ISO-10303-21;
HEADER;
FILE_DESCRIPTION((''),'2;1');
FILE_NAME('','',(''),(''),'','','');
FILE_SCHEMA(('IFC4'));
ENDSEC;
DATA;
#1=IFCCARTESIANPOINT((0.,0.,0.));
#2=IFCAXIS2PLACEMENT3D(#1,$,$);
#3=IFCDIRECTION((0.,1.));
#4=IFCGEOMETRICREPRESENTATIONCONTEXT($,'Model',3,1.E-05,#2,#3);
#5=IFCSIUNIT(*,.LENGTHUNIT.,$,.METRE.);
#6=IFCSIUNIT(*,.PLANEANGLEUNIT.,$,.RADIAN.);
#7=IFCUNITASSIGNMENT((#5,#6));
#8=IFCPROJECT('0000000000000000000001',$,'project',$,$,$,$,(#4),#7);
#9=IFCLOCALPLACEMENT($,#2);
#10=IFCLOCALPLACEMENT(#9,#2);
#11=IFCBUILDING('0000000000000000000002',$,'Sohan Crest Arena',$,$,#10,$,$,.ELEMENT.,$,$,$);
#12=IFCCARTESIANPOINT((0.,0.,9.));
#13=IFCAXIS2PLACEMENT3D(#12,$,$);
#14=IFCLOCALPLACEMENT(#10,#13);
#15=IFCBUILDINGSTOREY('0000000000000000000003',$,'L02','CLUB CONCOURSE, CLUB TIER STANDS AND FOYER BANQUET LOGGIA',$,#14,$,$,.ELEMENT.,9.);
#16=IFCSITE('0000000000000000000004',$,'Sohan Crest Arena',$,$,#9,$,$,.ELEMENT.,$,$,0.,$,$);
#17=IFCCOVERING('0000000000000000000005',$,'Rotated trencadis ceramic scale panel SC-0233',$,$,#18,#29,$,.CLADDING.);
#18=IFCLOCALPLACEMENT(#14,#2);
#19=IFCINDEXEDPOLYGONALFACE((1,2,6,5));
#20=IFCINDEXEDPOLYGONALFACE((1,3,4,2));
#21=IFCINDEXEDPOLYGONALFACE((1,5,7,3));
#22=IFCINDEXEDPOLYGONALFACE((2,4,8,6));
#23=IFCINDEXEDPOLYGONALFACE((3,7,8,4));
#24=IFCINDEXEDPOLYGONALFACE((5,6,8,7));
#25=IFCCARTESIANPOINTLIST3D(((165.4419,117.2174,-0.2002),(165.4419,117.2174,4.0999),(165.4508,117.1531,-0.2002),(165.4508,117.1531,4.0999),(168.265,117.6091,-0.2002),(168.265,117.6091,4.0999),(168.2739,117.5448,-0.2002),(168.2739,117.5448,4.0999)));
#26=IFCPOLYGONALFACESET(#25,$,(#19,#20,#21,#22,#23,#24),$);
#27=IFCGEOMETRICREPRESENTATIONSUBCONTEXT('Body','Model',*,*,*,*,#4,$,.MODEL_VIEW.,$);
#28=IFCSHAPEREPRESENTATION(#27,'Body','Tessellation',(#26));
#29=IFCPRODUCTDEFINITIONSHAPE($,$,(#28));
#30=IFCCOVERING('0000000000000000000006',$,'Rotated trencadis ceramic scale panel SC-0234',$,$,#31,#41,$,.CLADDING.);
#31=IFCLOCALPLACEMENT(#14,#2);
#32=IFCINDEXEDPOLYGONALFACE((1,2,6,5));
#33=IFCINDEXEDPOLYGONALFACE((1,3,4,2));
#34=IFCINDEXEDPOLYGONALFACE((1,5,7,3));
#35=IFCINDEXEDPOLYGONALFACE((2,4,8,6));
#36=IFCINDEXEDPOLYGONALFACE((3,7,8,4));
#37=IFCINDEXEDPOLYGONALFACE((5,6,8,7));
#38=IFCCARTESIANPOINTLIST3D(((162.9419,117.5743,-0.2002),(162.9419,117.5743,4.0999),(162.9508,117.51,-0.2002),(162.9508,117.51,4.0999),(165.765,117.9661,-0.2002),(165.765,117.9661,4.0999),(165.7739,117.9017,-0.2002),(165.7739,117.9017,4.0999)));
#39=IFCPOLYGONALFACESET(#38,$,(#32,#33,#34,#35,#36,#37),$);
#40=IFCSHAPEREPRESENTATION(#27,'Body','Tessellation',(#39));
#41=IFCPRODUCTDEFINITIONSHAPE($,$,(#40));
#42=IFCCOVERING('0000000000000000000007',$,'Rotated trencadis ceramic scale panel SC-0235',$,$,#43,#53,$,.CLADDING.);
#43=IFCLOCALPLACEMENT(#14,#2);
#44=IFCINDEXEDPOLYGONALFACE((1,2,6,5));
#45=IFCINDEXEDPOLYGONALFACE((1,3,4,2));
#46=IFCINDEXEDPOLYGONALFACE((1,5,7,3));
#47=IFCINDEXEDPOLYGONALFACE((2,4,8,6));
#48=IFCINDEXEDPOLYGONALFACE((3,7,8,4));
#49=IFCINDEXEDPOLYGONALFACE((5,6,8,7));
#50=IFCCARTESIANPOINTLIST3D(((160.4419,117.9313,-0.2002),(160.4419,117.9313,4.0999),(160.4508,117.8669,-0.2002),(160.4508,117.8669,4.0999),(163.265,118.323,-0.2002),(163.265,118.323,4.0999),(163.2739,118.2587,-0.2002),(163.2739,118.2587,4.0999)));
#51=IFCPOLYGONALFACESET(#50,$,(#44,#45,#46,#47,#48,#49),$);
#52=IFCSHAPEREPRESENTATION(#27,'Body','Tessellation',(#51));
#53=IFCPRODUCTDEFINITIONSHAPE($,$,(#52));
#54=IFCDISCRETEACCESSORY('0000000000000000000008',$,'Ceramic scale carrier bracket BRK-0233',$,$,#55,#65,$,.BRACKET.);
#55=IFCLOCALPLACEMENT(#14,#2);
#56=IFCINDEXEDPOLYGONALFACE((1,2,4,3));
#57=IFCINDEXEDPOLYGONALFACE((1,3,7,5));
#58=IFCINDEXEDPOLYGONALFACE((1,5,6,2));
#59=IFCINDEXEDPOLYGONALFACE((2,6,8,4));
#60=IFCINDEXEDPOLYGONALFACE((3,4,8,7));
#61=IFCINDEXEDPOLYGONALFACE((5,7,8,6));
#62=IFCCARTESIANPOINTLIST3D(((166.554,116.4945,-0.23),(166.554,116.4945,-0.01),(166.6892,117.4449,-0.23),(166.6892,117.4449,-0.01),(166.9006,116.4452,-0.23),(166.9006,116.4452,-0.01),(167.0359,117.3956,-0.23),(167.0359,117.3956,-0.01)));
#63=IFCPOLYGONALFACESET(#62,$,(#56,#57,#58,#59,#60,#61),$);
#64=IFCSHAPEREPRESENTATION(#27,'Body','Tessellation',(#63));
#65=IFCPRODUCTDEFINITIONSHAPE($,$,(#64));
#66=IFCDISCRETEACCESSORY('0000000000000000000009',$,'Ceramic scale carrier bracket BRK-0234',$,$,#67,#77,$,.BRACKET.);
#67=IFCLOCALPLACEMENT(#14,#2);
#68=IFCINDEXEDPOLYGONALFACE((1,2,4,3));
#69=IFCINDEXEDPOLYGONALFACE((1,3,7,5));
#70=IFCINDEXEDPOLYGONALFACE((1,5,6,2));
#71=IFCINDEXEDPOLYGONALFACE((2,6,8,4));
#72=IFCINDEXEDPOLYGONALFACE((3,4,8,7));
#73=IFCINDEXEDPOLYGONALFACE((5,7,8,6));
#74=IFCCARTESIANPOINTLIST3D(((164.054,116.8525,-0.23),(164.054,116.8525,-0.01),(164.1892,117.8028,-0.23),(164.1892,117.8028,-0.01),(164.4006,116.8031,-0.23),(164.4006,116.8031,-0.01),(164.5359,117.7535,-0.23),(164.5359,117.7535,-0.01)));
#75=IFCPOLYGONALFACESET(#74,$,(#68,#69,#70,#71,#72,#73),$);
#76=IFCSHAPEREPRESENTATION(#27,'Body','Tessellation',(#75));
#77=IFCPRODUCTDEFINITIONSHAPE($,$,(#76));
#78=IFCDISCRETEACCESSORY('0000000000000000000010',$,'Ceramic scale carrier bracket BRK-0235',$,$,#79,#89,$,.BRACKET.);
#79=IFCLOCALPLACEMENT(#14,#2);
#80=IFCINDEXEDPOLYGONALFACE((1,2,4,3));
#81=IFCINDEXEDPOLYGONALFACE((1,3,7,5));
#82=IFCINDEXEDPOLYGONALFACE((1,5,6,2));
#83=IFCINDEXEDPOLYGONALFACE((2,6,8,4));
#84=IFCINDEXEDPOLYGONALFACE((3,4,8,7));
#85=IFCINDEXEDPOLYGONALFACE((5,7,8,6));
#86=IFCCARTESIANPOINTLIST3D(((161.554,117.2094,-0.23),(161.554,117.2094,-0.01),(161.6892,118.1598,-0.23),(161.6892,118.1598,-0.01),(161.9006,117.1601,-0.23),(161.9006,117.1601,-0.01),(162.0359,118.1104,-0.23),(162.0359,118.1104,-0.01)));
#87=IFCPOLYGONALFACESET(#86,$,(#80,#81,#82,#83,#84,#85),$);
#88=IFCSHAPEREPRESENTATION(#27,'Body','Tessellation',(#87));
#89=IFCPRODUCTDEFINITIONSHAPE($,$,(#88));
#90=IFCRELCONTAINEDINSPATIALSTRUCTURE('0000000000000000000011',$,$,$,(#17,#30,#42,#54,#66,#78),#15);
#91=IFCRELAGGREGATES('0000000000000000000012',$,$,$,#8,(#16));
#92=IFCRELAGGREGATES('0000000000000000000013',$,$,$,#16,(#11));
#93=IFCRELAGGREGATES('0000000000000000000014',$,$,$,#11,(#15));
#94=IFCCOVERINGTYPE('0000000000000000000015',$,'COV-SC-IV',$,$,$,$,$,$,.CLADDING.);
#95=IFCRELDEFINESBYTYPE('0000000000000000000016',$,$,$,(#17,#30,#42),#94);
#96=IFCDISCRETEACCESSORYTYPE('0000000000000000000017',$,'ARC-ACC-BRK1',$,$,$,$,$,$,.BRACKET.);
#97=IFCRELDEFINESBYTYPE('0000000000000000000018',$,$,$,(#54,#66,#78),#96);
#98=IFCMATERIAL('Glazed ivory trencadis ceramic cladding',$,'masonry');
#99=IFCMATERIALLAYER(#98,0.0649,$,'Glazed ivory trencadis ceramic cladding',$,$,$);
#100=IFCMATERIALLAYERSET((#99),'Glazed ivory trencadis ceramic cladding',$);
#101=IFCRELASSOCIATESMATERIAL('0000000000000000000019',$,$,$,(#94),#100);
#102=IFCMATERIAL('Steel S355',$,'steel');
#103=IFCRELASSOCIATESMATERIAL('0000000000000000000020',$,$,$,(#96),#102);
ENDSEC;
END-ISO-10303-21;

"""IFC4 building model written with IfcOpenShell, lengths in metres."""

from ifc_helpers import new_model, si_unit, direction, frame, origin, origin_2d, place, context, subcontext, project, spatial, rectangle, extrude, material, layer, layer_set, type_object, element, save


model = new_model("IFC4")

# Units and contexts
model_context = context("Model", 3, precision=1e-05, world=origin(), true_north=direction((0.0, 1.0)))
body_context = subcontext(model_context, "Body", "Model", "MODEL_VIEW")
ifc_project = project(units=[si_unit("LENGTHUNIT", "METRE"), si_unit("PLANEANGLEUNIT", "RADIAN")], contexts=[model_context])

# Site, building, storey
site_placement = place(None, origin())
site = spatial("IfcSite", under=ifc_project, at=site_placement, Name="Sohan Crest Arena", CompositionType="ELEMENT", RefElevation=0.0)
building_placement = place(site_placement, origin())
building = spatial("IfcBuilding", under=site, at=building_placement, Name="Sohan Crest Arena", CompositionType="ELEMENT")
storey_placement = place(building_placement, frame((0.0, 0.0, 9.0)))
storey = spatial("IfcBuildingStorey", under=building, at=storey_placement, Name="L02", Description="CLUB CONCOURSE, CLUB TIER STANDS AND FOYER BANQUET LOGGIA", CompositionType="ELEMENT", Elevation=9.0)

# Coverings
ifc_material_1 = material(Name="Glazed ivory trencadis ceramic cladding", Category="masonry")
ifc_layer_1 = layer(ifc_material_1, 0.0649, Name="Glazed ivory trencadis ceramic cladding")
ifc_layer_set_1 = layer_set([ifc_layer_1], Name="Glazed ivory trencadis ceramic cladding")
covering_type = type_object("IfcCoveringType", Name="COV-SC-IV", PredefinedType="CLADDING", material=ifc_layer_set_1)
for number, where, z_axis, x_axis, name in (
    (1, (166.8579, 117.3811, -0.2002), (0.0, 0.0, 1.0), (-0.990509, -0.137445, 0.0), "Rotated trencadis ceramic scale panel SC-0233"),
    (2, (164.3579, 117.738, -0.2002), (0.0, 0.0, 1.0), (-0.990509, -0.137445, 0.0), "Rotated trencadis ceramic scale panel SC-0234"),
    (3, (161.8579, 118.095, -0.2002), (0.0, 0.0, 1.0), (-0.990509, -0.137445, 0.0), "Rotated trencadis ceramic scale panel SC-0235"),
):
    element("IfcCovering", number, at=place(storey_placement, frame(where, z_axis=z_axis, x_axis=x_axis)), inside=storey, type_object=covering_type, Name=name, PredefinedType="CLADDING", context=body_context, shape_type="SweptSolid", body=[
        extrude(rectangle(XDim=2.8501, YDim=0.0649, at=origin_2d()), origin(), (0.0, 0.0, 1.0), 4.3),
    ])

# Discrete accessories
ifc_material_2 = material(Name="Steel S355", Category="steel")
discrete_accessory_type = type_object("IfcDiscreteAccessoryType", Name="ARC-ACC-BRK1", PredefinedType="BRACKET", material=ifc_material_2)
for number, where, z_axis, x_axis, name in (
    (4, (166.7949, 116.9451, -0.23), (0.0, 0.0, 1.0), (-0.990024, 0.140901, 0.0), "Ceramic scale carrier bracket BRK-0233"),
    (5, (164.2949, 117.303, -0.23), (0.0, 0.0, 1.0), (-0.990024, 0.140901, 0.0), "Ceramic scale carrier bracket BRK-0234"),
    (6, (161.7949, 117.6599, -0.23), (0.0, 0.0, 1.0), (-0.990024, 0.140901, 0.0), "Ceramic scale carrier bracket BRK-0235"),
):
    element("IfcDiscreteAccessory", number, at=place(storey_placement, frame(where, z_axis=z_axis, x_axis=x_axis)), inside=storey, type_object=discrete_accessory_type, Name=name, PredefinedType="BRACKET", context=body_context, shape_type="SweptSolid", body=[
        extrude(rectangle(XDim=0.3501, YDim=0.96, at=origin_2d()), origin(), (0.0, 0.0, 1.0), 0.22),
    ])

save(model, "model.ifc")
